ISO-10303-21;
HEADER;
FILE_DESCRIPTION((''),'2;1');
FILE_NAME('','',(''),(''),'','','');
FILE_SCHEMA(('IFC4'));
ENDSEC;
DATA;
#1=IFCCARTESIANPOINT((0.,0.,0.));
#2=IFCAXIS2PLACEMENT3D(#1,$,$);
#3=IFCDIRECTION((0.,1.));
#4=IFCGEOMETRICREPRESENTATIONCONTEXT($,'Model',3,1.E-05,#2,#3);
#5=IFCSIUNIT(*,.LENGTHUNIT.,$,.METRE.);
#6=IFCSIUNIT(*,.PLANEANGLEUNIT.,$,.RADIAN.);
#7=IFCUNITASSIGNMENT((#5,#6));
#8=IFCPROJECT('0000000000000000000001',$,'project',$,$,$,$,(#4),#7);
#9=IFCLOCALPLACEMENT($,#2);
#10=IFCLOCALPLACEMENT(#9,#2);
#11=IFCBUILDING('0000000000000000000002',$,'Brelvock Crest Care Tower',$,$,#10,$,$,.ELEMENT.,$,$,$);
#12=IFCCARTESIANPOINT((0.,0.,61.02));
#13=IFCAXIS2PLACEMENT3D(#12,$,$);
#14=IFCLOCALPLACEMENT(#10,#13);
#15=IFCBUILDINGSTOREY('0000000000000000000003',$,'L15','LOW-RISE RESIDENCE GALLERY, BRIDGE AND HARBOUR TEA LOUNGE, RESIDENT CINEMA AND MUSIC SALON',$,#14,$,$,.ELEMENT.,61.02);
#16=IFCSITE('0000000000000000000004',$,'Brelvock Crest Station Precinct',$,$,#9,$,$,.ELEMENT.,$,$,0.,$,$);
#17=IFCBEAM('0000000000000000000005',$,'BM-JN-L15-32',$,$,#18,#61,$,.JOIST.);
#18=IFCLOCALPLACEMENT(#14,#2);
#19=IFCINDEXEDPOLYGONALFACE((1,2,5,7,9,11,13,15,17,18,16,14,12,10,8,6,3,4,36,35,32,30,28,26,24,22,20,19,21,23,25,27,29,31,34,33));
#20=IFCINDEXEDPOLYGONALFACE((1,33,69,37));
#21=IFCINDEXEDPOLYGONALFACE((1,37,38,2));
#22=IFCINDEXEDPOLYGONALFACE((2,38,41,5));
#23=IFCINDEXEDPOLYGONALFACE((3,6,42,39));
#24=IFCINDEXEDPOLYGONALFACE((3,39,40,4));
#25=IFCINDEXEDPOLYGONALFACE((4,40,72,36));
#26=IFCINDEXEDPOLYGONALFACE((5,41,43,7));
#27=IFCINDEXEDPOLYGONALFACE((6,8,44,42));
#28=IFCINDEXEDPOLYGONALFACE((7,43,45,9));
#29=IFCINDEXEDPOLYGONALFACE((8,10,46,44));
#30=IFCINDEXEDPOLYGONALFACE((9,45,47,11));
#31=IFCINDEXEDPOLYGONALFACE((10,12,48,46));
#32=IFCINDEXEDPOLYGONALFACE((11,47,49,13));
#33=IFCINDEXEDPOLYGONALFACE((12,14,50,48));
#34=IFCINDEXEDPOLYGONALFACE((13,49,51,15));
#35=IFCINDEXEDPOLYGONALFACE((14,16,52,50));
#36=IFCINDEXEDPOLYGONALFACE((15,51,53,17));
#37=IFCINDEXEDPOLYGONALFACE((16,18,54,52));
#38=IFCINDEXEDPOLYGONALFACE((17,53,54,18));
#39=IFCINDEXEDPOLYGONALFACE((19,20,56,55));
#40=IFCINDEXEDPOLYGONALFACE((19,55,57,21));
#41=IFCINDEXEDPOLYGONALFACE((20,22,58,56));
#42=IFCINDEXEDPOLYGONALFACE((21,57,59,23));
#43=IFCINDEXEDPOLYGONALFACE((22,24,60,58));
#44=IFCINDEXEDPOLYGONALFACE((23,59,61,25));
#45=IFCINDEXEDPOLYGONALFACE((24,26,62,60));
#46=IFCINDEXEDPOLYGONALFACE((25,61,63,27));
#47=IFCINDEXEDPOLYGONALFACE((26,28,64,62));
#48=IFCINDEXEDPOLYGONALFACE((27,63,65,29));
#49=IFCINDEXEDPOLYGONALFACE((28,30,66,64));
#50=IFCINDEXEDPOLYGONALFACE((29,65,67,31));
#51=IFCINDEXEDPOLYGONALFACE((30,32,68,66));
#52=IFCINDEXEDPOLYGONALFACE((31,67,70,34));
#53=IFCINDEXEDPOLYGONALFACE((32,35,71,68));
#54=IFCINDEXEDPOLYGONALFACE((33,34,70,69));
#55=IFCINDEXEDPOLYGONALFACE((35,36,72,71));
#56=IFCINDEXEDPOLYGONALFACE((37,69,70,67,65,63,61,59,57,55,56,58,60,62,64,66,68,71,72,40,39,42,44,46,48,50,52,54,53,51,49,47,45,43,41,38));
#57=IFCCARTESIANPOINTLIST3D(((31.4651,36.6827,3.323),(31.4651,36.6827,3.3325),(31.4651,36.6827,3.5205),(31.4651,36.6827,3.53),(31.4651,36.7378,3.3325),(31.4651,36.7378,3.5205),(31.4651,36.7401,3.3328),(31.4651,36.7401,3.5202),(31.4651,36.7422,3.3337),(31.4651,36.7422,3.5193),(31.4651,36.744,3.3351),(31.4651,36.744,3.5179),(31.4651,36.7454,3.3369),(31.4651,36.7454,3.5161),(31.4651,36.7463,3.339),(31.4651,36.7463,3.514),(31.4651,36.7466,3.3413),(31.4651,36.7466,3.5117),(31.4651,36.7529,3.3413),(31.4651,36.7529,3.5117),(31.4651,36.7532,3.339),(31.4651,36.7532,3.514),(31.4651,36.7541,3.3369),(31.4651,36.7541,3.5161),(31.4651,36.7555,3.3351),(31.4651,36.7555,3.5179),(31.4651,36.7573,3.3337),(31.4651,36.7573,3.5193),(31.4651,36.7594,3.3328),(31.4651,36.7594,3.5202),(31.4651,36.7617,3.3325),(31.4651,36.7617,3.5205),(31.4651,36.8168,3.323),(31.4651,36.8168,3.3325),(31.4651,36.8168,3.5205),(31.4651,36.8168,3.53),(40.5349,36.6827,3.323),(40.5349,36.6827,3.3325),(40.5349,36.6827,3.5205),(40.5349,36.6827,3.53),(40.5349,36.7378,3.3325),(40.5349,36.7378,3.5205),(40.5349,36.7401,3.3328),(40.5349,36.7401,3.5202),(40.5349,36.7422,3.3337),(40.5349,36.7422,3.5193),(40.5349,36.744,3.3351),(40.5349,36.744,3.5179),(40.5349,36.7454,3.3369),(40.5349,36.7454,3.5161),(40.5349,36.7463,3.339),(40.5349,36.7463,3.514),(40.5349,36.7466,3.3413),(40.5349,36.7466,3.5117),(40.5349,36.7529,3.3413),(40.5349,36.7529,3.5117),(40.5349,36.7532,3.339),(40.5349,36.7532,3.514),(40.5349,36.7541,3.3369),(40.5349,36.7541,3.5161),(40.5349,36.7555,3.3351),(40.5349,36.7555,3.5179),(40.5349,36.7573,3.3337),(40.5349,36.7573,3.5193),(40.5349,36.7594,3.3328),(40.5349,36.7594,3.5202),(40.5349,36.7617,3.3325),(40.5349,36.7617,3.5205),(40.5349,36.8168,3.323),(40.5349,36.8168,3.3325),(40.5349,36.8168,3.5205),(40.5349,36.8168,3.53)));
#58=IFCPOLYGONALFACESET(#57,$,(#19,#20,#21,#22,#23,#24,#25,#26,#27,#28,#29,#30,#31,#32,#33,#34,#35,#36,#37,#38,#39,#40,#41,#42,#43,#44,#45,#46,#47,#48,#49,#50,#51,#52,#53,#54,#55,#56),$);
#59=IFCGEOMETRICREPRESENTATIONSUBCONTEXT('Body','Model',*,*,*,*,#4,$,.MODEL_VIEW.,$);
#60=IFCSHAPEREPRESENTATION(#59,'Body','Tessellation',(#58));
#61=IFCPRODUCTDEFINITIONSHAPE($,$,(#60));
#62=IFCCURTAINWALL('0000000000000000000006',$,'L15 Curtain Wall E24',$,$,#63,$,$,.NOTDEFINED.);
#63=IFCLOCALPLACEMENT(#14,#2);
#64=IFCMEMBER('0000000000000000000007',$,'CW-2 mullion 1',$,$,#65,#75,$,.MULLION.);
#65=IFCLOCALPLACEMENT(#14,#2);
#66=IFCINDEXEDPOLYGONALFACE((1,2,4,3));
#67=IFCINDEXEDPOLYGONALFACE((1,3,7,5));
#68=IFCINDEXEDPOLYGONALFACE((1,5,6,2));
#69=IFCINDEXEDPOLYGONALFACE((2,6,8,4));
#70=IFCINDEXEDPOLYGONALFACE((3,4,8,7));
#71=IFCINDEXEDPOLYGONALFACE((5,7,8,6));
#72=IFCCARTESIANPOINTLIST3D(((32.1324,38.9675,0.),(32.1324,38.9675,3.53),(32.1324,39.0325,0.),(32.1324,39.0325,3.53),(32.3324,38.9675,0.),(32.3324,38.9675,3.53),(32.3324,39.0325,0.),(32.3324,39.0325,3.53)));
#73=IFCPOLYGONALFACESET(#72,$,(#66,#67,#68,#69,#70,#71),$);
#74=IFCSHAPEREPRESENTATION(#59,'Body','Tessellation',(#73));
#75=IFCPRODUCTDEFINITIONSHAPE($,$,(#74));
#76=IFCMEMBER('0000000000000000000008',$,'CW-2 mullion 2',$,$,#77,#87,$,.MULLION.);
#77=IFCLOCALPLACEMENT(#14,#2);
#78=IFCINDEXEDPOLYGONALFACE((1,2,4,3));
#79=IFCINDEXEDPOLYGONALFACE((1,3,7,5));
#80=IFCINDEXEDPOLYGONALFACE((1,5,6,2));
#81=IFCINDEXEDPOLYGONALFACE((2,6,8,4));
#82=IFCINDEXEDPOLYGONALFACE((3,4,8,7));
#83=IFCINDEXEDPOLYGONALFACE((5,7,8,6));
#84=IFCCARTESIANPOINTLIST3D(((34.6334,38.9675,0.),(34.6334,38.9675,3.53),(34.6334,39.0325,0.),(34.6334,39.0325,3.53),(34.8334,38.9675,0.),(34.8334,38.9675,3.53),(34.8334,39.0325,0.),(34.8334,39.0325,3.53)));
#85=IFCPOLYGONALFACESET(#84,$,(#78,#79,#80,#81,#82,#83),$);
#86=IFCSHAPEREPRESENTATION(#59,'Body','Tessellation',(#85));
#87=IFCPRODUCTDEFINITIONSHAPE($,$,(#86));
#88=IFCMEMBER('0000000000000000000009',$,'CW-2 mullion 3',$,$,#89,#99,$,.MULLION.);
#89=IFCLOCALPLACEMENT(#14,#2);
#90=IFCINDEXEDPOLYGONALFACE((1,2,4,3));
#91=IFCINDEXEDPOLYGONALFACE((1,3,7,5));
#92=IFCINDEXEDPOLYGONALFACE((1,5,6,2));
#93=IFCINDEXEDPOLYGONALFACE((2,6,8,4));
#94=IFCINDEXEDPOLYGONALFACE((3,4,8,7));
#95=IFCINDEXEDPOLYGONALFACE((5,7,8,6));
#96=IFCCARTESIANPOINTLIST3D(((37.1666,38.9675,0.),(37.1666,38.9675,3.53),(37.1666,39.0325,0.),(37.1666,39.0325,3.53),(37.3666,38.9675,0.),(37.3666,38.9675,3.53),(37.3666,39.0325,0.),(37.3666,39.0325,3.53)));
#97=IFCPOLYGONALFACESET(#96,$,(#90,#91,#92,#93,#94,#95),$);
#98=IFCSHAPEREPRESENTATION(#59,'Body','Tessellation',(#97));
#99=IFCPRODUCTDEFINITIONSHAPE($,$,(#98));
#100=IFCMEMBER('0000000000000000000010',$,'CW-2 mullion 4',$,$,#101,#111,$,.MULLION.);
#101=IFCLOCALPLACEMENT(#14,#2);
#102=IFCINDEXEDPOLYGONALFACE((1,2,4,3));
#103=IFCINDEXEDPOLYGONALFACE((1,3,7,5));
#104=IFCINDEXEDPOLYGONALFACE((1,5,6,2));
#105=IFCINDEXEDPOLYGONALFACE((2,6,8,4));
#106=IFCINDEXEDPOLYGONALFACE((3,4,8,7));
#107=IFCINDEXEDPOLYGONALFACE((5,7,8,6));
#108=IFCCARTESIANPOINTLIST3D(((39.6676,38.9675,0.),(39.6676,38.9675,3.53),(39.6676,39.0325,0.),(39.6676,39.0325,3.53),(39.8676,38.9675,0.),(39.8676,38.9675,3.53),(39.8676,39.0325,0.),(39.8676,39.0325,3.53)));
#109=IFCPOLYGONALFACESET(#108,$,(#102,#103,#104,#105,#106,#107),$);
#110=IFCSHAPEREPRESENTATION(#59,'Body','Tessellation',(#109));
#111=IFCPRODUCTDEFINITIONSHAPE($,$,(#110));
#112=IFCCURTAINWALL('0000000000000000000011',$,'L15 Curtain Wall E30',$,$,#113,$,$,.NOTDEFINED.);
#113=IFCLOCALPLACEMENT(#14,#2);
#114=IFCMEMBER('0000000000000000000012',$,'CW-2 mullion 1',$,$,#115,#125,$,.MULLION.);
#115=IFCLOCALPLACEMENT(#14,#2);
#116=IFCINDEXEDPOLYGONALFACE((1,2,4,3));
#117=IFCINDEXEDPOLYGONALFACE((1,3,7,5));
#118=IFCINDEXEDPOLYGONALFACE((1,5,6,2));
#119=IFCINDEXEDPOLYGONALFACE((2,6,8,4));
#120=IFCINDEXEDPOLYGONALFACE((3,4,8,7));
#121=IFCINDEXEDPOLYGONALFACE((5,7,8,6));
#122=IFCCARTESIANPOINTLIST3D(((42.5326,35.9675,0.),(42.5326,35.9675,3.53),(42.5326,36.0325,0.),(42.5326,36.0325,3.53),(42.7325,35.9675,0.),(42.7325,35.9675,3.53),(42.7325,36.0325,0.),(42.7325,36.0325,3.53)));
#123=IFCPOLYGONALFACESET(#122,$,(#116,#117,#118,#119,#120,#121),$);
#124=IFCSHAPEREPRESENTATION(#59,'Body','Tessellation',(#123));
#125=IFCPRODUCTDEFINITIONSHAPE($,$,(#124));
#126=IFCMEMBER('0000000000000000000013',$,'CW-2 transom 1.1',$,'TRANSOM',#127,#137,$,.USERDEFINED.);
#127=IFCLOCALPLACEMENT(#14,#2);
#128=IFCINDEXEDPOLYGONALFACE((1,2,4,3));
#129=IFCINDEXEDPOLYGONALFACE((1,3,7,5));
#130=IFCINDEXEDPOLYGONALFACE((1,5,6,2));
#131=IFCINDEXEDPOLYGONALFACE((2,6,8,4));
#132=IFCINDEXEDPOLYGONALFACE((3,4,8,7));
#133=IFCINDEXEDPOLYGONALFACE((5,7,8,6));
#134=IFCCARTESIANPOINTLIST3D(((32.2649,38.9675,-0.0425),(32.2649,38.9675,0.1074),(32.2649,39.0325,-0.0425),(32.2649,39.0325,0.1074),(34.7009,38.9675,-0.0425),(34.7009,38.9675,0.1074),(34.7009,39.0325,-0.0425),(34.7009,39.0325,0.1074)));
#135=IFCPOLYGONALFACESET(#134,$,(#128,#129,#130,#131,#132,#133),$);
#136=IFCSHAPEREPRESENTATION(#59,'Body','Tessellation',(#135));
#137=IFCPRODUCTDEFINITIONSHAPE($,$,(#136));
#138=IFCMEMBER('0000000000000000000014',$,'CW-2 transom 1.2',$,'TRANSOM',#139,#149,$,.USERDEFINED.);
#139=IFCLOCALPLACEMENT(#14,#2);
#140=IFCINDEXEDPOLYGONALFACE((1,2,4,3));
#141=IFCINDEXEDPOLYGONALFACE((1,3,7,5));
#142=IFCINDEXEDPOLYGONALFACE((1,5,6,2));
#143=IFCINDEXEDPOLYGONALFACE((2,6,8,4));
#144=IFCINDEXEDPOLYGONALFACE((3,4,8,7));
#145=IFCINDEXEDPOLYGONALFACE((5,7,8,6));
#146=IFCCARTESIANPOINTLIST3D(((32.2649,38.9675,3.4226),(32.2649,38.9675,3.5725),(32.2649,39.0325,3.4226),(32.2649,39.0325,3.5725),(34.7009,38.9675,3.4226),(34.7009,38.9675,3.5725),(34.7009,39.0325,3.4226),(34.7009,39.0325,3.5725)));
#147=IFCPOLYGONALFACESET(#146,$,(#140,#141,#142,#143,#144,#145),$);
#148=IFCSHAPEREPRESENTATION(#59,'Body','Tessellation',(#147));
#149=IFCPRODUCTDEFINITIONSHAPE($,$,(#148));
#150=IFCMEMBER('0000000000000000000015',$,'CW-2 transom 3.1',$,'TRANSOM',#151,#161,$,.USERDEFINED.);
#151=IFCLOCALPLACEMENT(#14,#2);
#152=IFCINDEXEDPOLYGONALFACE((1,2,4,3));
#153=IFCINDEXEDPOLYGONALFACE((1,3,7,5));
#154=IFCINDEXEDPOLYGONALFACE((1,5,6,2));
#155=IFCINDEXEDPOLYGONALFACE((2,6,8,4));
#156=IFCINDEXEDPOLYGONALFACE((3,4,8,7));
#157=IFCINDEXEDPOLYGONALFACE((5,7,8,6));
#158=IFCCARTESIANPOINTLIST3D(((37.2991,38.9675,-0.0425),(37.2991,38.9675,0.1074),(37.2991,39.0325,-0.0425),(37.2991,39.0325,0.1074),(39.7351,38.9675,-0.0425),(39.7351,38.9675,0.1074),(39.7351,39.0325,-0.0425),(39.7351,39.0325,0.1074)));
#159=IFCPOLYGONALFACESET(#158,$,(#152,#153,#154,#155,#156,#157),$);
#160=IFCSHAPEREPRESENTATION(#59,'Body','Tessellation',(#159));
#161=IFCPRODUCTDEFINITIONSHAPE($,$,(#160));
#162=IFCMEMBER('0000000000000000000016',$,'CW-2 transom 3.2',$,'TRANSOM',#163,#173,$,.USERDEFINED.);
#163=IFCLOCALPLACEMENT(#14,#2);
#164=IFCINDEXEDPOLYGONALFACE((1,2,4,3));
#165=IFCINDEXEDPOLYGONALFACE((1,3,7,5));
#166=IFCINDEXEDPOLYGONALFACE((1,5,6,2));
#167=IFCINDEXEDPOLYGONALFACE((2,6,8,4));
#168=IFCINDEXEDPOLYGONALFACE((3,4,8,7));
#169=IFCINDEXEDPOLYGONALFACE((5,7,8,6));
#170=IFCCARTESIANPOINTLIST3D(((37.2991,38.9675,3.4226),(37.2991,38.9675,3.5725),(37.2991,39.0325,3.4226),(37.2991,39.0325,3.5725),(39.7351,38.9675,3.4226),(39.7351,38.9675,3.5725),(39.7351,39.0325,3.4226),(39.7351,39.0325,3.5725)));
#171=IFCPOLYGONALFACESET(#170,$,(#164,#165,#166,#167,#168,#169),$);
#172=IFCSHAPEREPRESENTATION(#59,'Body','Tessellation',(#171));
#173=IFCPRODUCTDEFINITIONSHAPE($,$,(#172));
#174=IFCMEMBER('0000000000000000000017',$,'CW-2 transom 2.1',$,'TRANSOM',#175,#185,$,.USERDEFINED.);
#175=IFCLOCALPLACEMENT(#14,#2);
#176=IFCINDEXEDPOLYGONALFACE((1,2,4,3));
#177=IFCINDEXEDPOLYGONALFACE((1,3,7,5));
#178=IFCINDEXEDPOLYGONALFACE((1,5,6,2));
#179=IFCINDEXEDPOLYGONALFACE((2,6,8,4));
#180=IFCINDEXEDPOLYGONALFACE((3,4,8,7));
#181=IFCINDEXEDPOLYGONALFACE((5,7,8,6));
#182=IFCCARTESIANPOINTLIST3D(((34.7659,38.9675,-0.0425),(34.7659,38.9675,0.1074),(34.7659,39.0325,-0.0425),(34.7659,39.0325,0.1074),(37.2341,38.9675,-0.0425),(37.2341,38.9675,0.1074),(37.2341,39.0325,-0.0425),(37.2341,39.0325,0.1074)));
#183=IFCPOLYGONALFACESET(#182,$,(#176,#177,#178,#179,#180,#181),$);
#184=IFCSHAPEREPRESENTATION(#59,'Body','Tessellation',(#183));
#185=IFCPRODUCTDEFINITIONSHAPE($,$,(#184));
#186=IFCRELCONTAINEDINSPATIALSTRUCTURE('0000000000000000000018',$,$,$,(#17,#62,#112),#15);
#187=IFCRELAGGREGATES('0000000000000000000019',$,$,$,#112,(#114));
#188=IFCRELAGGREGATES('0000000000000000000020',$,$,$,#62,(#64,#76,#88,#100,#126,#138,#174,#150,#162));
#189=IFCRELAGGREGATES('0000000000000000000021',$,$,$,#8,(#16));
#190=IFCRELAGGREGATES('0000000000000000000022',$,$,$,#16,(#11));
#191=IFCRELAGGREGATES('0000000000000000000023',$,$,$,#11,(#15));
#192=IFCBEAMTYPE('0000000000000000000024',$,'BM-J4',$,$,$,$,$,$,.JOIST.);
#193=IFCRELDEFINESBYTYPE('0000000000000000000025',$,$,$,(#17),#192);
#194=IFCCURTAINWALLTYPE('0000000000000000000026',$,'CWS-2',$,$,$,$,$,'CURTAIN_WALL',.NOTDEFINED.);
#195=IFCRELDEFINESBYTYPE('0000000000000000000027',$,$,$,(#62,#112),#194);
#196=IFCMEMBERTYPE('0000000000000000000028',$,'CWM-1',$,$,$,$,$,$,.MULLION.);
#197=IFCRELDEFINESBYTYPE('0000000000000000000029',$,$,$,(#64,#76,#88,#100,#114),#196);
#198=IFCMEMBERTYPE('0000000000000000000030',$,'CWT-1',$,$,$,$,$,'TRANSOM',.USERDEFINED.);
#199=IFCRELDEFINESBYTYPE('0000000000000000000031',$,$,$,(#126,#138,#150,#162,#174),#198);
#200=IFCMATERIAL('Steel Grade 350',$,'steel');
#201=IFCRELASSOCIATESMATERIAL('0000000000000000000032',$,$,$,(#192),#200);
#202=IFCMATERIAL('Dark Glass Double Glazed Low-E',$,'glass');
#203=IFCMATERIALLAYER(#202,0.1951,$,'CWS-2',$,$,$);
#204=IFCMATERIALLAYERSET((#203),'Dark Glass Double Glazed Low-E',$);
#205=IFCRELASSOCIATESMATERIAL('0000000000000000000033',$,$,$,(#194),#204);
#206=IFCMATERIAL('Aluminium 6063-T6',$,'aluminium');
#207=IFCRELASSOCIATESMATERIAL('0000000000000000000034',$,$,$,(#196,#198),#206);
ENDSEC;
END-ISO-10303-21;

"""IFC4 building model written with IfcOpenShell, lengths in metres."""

from ifc_helpers import new_model, si_unit, direction, frame, origin, origin_2d, place, context, subcontext, project, spatial, rectangle, i_section, extrude, source, transform, mapped, material, layer, layer_set, material_profile, profile_set, type_object, element, aggregate, save


model = new_model("IFC4")

# Units and contexts
model_context = context("Model", 3, precision=1e-05, world=origin(), true_north=direction((0.0, 1.0)))
body_context = subcontext(model_context, "Body", "Model", "MODEL_VIEW")
ifc_project = project(units=[si_unit("LENGTHUNIT", "METRE"), si_unit("PLANEANGLEUNIT", "RADIAN")], contexts=[model_context])

# Site, building, storey
site_placement = place(None, origin())
site = spatial("IfcSite", under=ifc_project, at=site_placement, Name="Brelvock Crest Station Precinct", CompositionType="ELEMENT", RefElevation=0.0)
building_placement = place(site_placement, origin())
building = spatial("IfcBuilding", under=site, at=building_placement, Name="Brelvock Crest Care Tower", CompositionType="ELEMENT")
storey_placement = place(building_placement, frame((0.0, 0.0, 61.02)))
storey = spatial("IfcBuildingStorey", under=building, at=storey_placement, Name="L15", Description="LOW-RISE RESIDENCE GALLERY, BRIDGE AND HARBOUR TEA LOUNGE, RESIDENT CINEMA AND MUSIC SALON", CompositionType="ELEMENT", Elevation=61.02)

# Shared definitions
ifc_material_1 = material(Name="Steel Grade 350", Category="steel")

# Beam
ifc_material_profile_1 = material_profile(ifc_material_1, i_section(OverallWidth=0.134, OverallDepth=0.207, WebThickness=0.0063, FlangeThickness=0.0095, FilletRadius=0.0088, at=origin_2d()), Name="200UB29.8")
ifc_profile_set_1 = profile_set([ifc_material_profile_1], Name="Steel Grade 350")
beam_type_1 = type_object("IfcBeamType", Name="BM-J4", PredefinedType="JOIST", material=ifc_profile_set_1)
shared_shape_1 = source(origin(), body_context, "Body", "SweptSolid", [
    extrude(i_section(OverallWidth=0.134, OverallDepth=0.207, WebThickness=0.0063, FlangeThickness=0.0095, FilletRadius=0.0088, at=origin_2d()), origin(), (0.0, 0.0, 1.0), 9.0698),
])
for number, where, z_axis, x_axis, name in (
    (1, (31.4651, 36.7498, 3.4265), (1.0, 0.0, 0.0), (0.0, 1.0, 0.0), "BM-JN-L15-32"),
):
    element("IfcBeam", number, at=place(storey_placement, frame(where, z_axis=z_axis, x_axis=x_axis)), inside=storey, type_object=beam_type_1, Name=name, PredefinedType="JOIST", context=body_context, shape_type="MappedRepresentation", body=[
        mapped(shared_shape_1, transform((0.0, 0.0, 0.0), x_axis=(1.0, 0.0, 0.0), y_axis=(0.0, 1.0, 0.0), z_axis=(0.0, 0.0, 1.0), scale=1.0)),
    ])

# Curtain wall, members
ifc_material_2 = material(Name="Dark Glass Double Glazed Low-E", Category="glass")
ifc_layer_1 = layer(ifc_material_2, 0.1951, Name="CWS-2")
ifc_layer_set_1 = layer_set([ifc_layer_1], Name="Dark Glass Double Glazed Low-E")
curtain_wall_type = type_object("IfcCurtainWallType", Name="CWS-2", ElementType="CURTAIN_WALL", PredefinedType="NOTDEFINED", material=ifc_layer_set_1)
curtain_wall_1_placement = place(storey_placement, origin())
curtain_wall_1 = element("IfcCurtainWall", 2, at=curtain_wall_1_placement, inside=storey, type_object=curtain_wall_type, Name="L15 Curtain Wall E24", PredefinedType="NOTDEFINED")
ifc_material_3 = material(Name="Aluminium 6063-T6", Category="aluminium")
ifc_material_profile_2 = material_profile(ifc_material_3, rectangle(XDim=0.0649, YDim=0.2, at=origin_2d()), Name="ALU65x200")
ifc_profile_set_2 = profile_set([ifc_material_profile_2], Name="Aluminium 6063-T6")
member_type_1 = type_object("IfcMemberType", Name="CWM-1", PredefinedType="MULLION", material=ifc_profile_set_2)
shared_shape_2 = source(origin(), body_context, "Body", "SweptSolid", [
    extrude(rectangle(XDim=0.0649, YDim=0.2, at=origin_2d()), origin(), (0.0, 0.0, 1.0), 3.53),
])
member_1_placement = place(storey_placement, frame((32.2324, 39.0, 0.0), z_axis=(0.0, 0.0, 1.0), x_axis=(0.0, 1.0, 0.0)))
member_1 = element("IfcMember", 3, at=member_1_placement, type_object=member_type_1, Name="CW-2 mullion 1", PredefinedType="MULLION", context=body_context, shape_type="MappedRepresentation", body=[
    mapped(shared_shape_2, transform((0.0, 0.0, 0.0), x_axis=(1.0, 0.0, 0.0), y_axis=(0.0, 1.0, 0.0), z_axis=(0.0, 0.0, 1.0), scale=1.0)),
])
member_2_placement = place(storey_placement, frame((34.7334, 39.0, 0.0), z_axis=(0.0, 0.0, 1.0), x_axis=(0.0, 1.0, 0.0)))
member_2 = element("IfcMember", 4, at=member_2_placement, type_object=member_type_1, Name="CW-2 mullion 2", PredefinedType="MULLION", context=body_context, shape_type="MappedRepresentation", body=[
    mapped(shared_shape_2, transform((0.0, 0.0, 0.0), x_axis=(1.0, 0.0, 0.0), y_axis=(0.0, 1.0, 0.0), z_axis=(0.0, 0.0, 1.0), scale=1.0)),
])
member_3_placement = place(storey_placement, frame((37.2666, 39.0, 0.0), z_axis=(0.0, 0.0, 1.0), x_axis=(0.0, 1.0, 0.0)))
member_3 = element("IfcMember", 5, at=member_3_placement, type_object=member_type_1, Name="CW-2 mullion 3", PredefinedType="MULLION", context=body_context, shape_type="MappedRepresentation", body=[
    mapped(shared_shape_2, transform((0.0, 0.0, 0.0), x_axis=(1.0, 0.0, 0.0), y_axis=(0.0, 1.0, 0.0), z_axis=(0.0, 0.0, 1.0), scale=1.0)),
])
member_4_placement = place(storey_placement, frame((39.7676, 39.0, 0.0), z_axis=(0.0, 0.0, 1.0), x_axis=(0.0, 1.0, 0.0)))
member_4 = element("IfcMember", 6, at=member_4_placement, type_object=member_type_1, Name="CW-2 mullion 4", PredefinedType="MULLION", context=body_context, shape_type="MappedRepresentation", body=[
    mapped(shared_shape_2, transform((0.0, 0.0, 0.0), x_axis=(1.0, 0.0, 0.0), y_axis=(0.0, 1.0, 0.0), z_axis=(0.0, 0.0, 1.0), scale=1.0)),
])

# Curtain wall, member
curtain_wall_2_placement = place(storey_placement, origin())
curtain_wall_2 = element("IfcCurtainWall", 7, at=curtain_wall_2_placement, inside=storey, type_object=curtain_wall_type, Name="L15 Curtain Wall E30", PredefinedType="NOTDEFINED")
member_5_placement = place(storey_placement, frame((42.6326, 36.0, 0.0), z_axis=(0.0, 0.0, 1.0), x_axis=(0.0, 1.0, 0.0)))
member_5 = element("IfcMember", 8, at=member_5_placement, type_object=member_type_1, Name="CW-2 mullion 1", PredefinedType="MULLION", context=body_context, shape_type="MappedRepresentation", body=[
    mapped(shared_shape_2, transform((0.0, 0.0, 0.0), x_axis=(1.0, 0.0, 0.0), y_axis=(0.0, 1.0, 0.0), z_axis=(0.0, 0.0, 1.0), scale=1.0)),
])
aggregate(curtain_wall_2, [member_5])

# Members
ifc_material_profile_3 = material_profile(ifc_material_3, rectangle(XDim=0.0649, YDim=0.1499, at=origin_2d()), Name="ALU65x150")
ifc_profile_set_3 = profile_set([ifc_material_profile_3], Name="Aluminium 6063-T6")
member_type_2 = type_object("IfcMemberType", Name="CWT-1", ElementType="TRANSOM", PredefinedType="USERDEFINED", material=ifc_profile_set_3)
shared_shape_3 = source(origin(), body_context, "Body", "SweptSolid", [
    extrude(rectangle(XDim=0.0649, YDim=0.1499, at=origin_2d()), origin(), (0.0, 0.0, 1.0), 2.436),
])
member_6_placement = place(storey_placement, frame((32.2649, 39.0, 0.0325), z_axis=(1.0, 0.0, 0.0), x_axis=(0.0, 1.0, 0.0)))
member_6 = element("IfcMember", 9, at=member_6_placement, type_object=member_type_2, Name="CW-2 transom 1.1", ObjectType="TRANSOM", PredefinedType="USERDEFINED", context=body_context, shape_type="MappedRepresentation", body=[
    mapped(shared_shape_3, transform((0.0, 0.0, 0.0), x_axis=(1.0, 0.0, 0.0), y_axis=(0.0, 1.0, 0.0), z_axis=(0.0, 0.0, 1.0), scale=1.0)),
])
member_7_placement = place(storey_placement, frame((32.2649, 39.0, 3.4976), z_axis=(1.0, 0.0, 0.0), x_axis=(0.0, 1.0, 0.0)))
member_7 = element("IfcMember", 10, at=member_7_placement, type_object=member_type_2, Name="CW-2 transom 1.2", ObjectType="TRANSOM", PredefinedType="USERDEFINED", context=body_context, shape_type="MappedRepresentation", body=[
    mapped(shared_shape_3, transform((0.0, 0.0, 0.0), x_axis=(1.0, 0.0, 0.0), y_axis=(0.0, 1.0, 0.0), z_axis=(0.0, 0.0, 1.0), scale=1.0)),
])
member_8_placement = place(storey_placement, frame((37.2991, 39.0, 0.0325), z_axis=(1.0, 0.0, 0.0), x_axis=(0.0, 1.0, 0.0)))
member_8 = element("IfcMember", 11, at=member_8_placement, type_object=member_type_2, Name="CW-2 transom 3.1", ObjectType="TRANSOM", PredefinedType="USERDEFINED", context=body_context, shape_type="MappedRepresentation", body=[
    mapped(shared_shape_3, transform((0.0, 0.0, 0.0), x_axis=(1.0, 0.0, 0.0), y_axis=(0.0, 1.0, 0.0), z_axis=(0.0, 0.0, 1.0), scale=1.0)),
])
member_9_placement = place(storey_placement, frame((37.2991, 39.0, 3.4976), z_axis=(1.0, 0.0, 0.0), x_axis=(0.0, 1.0, 0.0)))
member_9 = element("IfcMember", 12, at=member_9_placement, type_object=member_type_2, Name="CW-2 transom 3.2", ObjectType="TRANSOM", PredefinedType="USERDEFINED", context=body_context, shape_type="MappedRepresentation", body=[
    mapped(shared_shape_3, transform((0.0, 0.0, 0.0), x_axis=(1.0, 0.0, 0.0), y_axis=(0.0, 1.0, 0.0), z_axis=(0.0, 0.0, 1.0), scale=1.0)),
])
shared_shape_4 = source(origin(), body_context, "Body", "SweptSolid", [
    extrude(rectangle(XDim=0.0649, YDim=0.1499, at=origin_2d()), origin(), (0.0, 0.0, 1.0), 2.4683),
])
member_10_placement = place(storey_placement, frame((34.7659, 39.0, 0.0325), z_axis=(1.0, 0.0, 0.0), x_axis=(0.0, 1.0, 0.0)))
member_10 = element("IfcMember", 13, at=member_10_placement, type_object=member_type_2, Name="CW-2 transom 2.1", ObjectType="TRANSOM", PredefinedType="USERDEFINED", context=body_context, shape_type="MappedRepresentation", body=[
    mapped(shared_shape_4, transform((0.0, 0.0, 0.0), x_axis=(1.0, 0.0, 0.0), y_axis=(0.0, 1.0, 0.0), z_axis=(0.0, 0.0, 1.0), scale=1.0)),
])

aggregate(curtain_wall_1, [member_1, member_2, member_3, member_4, member_6, member_7, member_10, member_8, member_9])

save(model, "model.ifc")
